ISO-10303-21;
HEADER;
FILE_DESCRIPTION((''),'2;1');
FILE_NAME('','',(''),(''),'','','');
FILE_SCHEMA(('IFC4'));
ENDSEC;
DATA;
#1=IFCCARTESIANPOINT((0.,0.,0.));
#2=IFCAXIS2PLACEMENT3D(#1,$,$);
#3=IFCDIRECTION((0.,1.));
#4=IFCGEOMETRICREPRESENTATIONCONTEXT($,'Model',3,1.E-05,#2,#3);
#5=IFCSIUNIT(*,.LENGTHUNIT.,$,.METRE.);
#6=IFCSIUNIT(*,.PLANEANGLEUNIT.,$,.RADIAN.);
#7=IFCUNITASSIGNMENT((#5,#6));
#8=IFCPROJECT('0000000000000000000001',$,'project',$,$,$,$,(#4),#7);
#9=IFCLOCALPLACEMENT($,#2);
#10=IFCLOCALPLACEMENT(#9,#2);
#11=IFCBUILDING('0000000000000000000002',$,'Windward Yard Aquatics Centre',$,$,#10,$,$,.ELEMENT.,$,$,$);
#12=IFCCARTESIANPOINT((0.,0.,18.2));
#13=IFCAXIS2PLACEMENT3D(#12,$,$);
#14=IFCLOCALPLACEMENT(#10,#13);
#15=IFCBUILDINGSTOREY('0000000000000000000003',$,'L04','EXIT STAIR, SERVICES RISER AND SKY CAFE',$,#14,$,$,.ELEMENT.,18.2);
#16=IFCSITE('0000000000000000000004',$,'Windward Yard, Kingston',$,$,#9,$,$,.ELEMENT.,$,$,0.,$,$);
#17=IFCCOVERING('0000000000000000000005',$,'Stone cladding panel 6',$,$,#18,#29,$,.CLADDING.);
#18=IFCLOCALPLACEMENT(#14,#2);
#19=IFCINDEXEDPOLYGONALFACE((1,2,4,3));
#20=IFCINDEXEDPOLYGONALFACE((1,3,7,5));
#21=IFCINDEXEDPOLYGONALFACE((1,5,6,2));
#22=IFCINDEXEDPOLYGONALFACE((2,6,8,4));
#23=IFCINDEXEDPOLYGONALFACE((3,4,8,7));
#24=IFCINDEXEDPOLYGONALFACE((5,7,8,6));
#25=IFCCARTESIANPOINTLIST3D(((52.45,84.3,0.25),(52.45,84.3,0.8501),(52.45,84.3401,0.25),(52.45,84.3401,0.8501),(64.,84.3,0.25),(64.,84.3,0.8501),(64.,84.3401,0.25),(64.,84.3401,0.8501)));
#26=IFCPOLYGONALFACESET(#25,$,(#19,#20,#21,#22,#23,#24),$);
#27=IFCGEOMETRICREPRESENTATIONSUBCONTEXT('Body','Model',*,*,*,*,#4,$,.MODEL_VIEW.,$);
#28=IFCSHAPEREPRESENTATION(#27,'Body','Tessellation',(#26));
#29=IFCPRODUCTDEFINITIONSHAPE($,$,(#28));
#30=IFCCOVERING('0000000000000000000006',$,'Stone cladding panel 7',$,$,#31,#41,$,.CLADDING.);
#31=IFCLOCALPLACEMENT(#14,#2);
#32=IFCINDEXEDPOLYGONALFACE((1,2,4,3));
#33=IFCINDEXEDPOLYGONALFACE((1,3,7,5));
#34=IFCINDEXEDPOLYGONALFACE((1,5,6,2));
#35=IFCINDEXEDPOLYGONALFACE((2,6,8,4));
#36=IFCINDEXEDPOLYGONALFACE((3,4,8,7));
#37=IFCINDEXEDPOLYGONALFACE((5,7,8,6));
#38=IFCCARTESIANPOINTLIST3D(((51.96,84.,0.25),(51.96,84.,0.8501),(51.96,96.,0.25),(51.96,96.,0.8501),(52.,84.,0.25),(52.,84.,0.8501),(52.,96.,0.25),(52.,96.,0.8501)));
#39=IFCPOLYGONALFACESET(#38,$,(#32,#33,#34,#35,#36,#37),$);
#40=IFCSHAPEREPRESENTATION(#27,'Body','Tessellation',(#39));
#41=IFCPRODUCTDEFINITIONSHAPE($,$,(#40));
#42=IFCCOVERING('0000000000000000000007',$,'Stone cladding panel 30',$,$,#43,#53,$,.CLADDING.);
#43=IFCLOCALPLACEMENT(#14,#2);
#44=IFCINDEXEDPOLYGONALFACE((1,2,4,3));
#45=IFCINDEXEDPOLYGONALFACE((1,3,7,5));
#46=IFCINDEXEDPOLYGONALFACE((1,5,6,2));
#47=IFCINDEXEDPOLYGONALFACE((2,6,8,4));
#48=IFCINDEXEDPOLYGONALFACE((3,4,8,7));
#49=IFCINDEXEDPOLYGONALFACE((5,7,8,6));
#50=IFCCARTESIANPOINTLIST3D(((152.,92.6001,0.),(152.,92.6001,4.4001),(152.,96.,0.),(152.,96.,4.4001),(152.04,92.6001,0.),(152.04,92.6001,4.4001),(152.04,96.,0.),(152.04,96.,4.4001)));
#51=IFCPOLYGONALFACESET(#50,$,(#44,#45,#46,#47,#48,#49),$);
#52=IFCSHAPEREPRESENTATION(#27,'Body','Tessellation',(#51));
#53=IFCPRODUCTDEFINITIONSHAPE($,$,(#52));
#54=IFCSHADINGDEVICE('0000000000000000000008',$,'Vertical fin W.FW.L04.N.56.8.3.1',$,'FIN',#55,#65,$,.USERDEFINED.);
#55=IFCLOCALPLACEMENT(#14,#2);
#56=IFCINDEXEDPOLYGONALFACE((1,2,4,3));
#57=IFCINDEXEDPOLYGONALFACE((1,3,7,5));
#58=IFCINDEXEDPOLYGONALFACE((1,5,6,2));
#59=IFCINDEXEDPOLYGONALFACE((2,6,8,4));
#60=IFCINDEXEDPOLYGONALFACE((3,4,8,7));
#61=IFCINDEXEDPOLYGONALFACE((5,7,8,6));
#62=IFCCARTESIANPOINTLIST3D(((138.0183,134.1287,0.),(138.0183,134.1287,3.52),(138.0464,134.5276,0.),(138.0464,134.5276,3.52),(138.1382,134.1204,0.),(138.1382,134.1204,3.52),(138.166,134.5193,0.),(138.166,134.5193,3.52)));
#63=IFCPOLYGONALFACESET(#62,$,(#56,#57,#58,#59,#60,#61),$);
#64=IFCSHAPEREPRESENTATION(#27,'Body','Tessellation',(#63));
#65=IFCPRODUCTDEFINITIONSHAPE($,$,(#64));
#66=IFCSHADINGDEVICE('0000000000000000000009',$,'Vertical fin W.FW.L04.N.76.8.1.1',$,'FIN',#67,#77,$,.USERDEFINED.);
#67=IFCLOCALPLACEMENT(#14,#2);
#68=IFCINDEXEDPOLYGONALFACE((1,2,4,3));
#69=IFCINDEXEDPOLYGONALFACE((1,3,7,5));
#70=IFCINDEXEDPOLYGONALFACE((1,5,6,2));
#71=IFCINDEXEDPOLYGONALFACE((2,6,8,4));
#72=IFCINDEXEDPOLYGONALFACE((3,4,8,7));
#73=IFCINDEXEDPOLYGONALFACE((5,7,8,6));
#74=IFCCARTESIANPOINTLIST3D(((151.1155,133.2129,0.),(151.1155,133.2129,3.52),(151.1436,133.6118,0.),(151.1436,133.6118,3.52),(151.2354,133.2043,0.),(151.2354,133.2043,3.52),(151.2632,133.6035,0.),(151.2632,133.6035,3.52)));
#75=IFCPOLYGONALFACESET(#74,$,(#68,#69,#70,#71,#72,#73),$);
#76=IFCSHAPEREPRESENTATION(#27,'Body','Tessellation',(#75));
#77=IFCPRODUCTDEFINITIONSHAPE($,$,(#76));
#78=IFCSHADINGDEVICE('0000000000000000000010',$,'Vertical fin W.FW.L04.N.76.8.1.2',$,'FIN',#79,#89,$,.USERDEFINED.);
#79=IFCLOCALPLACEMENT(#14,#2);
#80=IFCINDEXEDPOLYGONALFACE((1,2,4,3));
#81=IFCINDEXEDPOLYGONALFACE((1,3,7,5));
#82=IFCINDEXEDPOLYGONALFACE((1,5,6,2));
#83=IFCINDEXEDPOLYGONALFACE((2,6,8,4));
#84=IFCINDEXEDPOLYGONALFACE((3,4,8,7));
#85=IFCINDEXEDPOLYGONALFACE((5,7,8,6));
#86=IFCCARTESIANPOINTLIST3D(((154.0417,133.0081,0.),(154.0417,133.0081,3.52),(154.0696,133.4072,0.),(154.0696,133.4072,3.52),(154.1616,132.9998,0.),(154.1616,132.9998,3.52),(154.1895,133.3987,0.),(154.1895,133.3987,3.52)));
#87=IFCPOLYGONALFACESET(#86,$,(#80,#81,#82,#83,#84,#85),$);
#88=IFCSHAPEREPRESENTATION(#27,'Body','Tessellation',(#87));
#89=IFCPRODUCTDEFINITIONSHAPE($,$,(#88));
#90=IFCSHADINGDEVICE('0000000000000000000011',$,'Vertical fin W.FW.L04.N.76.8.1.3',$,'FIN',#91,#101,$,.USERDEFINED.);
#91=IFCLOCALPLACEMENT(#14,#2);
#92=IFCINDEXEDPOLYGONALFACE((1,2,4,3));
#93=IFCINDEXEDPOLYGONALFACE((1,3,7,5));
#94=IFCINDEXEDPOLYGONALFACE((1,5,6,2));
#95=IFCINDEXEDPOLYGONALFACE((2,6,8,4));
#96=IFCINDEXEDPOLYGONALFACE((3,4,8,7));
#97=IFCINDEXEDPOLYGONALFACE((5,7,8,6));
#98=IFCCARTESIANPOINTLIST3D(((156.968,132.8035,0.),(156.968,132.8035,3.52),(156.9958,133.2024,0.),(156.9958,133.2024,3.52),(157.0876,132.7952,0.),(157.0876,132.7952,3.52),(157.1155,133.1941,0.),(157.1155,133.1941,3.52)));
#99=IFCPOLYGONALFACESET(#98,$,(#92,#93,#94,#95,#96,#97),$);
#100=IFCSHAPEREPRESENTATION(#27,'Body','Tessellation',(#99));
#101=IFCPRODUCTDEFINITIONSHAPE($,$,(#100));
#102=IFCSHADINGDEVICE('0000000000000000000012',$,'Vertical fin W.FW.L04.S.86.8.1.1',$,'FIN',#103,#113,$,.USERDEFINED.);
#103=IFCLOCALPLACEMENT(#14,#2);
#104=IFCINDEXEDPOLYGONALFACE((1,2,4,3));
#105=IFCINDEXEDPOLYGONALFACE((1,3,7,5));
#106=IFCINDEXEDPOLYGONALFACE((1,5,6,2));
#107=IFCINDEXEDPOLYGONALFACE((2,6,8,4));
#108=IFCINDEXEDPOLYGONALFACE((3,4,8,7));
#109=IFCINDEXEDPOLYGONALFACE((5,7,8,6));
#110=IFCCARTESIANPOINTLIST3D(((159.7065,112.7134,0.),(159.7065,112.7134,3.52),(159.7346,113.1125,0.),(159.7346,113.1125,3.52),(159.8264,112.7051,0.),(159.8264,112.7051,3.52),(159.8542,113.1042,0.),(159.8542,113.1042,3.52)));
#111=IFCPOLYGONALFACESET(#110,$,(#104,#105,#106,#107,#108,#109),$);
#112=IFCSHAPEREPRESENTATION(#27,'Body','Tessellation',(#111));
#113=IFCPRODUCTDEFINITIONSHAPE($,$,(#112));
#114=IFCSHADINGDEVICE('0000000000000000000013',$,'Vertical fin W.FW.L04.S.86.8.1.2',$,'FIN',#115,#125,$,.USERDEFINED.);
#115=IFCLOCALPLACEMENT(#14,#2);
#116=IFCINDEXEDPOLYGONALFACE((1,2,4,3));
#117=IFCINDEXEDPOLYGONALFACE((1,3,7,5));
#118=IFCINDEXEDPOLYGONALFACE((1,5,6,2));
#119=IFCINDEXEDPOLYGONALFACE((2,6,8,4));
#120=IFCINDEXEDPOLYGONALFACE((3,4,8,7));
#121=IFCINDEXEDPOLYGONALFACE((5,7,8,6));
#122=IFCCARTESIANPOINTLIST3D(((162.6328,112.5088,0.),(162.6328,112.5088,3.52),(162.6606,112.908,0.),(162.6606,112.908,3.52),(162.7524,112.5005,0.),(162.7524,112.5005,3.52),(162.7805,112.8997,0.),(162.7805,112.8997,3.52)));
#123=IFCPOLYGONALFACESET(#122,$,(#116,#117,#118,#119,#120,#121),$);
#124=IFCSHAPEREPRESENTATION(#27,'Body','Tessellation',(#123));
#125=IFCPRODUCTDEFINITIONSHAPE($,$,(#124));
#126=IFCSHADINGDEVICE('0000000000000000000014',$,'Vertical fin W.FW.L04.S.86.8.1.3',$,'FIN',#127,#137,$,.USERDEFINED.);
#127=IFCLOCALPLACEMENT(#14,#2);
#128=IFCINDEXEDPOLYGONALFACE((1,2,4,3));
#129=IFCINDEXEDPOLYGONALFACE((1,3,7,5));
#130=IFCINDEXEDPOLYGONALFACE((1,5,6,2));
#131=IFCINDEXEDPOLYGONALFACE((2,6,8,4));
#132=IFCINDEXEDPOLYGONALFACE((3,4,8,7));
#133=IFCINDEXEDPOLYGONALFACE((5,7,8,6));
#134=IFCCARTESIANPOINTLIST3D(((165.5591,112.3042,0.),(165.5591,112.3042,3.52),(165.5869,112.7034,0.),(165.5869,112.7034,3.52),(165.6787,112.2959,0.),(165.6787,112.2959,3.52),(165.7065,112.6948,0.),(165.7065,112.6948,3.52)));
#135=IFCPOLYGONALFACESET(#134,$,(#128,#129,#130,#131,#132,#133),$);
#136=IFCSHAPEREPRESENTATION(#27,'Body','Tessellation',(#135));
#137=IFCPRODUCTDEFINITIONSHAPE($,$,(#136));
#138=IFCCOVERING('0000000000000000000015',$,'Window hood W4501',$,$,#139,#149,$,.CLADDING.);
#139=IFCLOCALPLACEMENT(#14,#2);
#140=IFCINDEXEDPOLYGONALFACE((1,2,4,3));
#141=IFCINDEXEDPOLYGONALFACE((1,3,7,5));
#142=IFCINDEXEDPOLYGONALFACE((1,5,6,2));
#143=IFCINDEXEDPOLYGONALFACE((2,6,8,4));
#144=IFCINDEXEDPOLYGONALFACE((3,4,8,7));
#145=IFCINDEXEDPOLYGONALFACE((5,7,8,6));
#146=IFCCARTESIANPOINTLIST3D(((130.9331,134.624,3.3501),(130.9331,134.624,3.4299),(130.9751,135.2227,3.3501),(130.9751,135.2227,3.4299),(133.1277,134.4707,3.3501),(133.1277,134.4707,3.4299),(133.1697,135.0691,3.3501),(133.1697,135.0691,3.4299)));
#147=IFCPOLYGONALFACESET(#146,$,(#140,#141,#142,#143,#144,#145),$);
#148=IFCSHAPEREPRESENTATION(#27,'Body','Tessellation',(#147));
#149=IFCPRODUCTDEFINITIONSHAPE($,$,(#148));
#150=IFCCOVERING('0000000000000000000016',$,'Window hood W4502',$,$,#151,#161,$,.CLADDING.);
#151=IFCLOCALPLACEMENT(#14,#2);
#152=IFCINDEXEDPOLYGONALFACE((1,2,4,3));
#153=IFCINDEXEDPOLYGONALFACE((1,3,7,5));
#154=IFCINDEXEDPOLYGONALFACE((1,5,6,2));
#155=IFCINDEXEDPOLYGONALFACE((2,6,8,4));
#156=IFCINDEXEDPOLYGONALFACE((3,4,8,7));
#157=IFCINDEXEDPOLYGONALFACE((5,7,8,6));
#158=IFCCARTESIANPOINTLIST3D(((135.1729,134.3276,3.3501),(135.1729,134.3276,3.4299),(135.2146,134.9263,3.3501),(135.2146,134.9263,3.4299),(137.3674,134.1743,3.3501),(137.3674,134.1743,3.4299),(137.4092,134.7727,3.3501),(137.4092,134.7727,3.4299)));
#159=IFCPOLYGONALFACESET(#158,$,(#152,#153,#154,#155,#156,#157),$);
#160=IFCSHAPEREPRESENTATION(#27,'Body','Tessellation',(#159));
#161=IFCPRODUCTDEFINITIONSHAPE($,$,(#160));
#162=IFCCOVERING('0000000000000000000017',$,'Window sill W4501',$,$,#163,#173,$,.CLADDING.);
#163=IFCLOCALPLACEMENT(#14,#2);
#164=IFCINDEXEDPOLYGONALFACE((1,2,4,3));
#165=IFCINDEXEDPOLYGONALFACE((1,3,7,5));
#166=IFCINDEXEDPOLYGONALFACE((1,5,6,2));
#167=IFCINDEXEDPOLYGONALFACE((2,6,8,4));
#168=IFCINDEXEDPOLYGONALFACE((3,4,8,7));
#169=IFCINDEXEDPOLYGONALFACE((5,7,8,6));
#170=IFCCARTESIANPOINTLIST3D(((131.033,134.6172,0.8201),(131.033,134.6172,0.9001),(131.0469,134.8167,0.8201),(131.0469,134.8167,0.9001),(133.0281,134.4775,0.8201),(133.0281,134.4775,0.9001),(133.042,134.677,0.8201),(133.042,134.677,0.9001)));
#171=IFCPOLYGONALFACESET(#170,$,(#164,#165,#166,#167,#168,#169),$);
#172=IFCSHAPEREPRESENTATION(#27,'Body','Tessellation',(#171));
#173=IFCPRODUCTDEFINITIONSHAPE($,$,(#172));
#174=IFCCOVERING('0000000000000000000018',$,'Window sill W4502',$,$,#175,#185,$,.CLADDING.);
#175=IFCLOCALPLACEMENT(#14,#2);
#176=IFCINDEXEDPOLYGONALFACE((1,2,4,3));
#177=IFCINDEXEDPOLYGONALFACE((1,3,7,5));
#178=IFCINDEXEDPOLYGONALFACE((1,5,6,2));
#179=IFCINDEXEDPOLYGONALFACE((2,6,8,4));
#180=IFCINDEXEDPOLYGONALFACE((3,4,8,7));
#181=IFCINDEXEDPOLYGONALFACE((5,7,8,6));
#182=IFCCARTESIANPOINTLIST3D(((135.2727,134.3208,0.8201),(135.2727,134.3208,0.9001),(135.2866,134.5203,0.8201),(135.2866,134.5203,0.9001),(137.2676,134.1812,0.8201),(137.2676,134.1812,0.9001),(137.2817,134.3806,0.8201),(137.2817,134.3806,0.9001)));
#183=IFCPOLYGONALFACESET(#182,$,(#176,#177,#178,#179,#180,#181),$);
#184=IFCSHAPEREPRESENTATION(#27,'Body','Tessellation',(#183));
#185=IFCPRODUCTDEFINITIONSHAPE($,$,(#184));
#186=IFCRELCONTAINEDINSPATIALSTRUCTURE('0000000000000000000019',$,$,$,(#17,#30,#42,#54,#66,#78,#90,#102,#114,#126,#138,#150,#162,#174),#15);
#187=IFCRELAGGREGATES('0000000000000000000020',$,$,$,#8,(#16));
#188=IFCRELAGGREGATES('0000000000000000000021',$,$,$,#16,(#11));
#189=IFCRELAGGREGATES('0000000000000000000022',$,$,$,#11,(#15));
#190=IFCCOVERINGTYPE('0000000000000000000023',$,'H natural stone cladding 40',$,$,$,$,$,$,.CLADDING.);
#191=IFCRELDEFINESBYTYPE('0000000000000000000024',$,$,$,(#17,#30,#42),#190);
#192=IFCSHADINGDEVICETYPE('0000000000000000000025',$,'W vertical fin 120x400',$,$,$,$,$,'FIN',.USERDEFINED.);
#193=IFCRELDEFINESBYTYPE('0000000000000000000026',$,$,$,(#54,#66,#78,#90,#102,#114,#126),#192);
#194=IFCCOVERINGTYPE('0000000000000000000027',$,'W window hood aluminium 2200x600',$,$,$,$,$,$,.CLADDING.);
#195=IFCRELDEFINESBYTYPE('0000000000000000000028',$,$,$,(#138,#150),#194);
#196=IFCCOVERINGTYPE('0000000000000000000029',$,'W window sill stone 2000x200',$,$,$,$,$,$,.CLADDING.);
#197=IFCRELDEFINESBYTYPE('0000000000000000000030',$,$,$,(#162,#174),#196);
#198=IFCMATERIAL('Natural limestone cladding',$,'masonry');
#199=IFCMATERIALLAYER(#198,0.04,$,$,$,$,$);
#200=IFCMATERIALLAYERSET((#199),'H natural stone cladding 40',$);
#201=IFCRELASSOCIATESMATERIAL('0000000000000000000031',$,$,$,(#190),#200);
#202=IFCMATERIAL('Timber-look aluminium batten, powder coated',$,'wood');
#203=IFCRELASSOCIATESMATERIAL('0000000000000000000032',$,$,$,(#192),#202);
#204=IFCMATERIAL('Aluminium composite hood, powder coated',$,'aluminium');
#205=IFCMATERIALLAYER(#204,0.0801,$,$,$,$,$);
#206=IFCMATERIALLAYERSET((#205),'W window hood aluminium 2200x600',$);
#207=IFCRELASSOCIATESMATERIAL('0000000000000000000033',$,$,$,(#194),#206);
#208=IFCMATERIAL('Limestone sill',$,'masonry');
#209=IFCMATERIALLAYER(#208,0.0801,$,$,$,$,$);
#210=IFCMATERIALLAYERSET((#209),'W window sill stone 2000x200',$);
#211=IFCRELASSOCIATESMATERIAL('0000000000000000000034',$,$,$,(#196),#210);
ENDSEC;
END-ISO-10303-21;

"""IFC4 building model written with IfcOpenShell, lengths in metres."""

from ifc_helpers import new_model, si_unit, direction, frame, origin, place, context, subcontext, project, spatial, polyline, outline, extrude, material, layer, layer_set, type_object, element, save


model = new_model("IFC4")

# Units and contexts
model_context = context("Model", 3, precision=1e-05, world=origin(), true_north=direction((0.0, 1.0)))
body_context = subcontext(model_context, "Body", "Model", "MODEL_VIEW")
ifc_project = project(units=[si_unit("LENGTHUNIT", "METRE"), si_unit("PLANEANGLEUNIT", "RADIAN")], contexts=[model_context])

# Site, building, storey
site_placement = place(None, origin())
site = spatial("IfcSite", under=ifc_project, at=site_placement, Name="Windward Yard, Kingston", CompositionType="ELEMENT", RefElevation=0.0)
building_placement = place(site_placement, origin())
building = spatial("IfcBuilding", under=site, at=building_placement, Name="Windward Yard Aquatics Centre", CompositionType="ELEMENT")
storey_placement = place(building_placement, frame((0.0, 0.0, 18.2)))
storey = spatial("IfcBuildingStorey", under=building, at=storey_placement, Name="L04", Description="EXIT STAIR, SERVICES RISER AND SKY CAFE", CompositionType="ELEMENT", Elevation=18.2)

# Coverings
ifc_material_1 = material(Name="Natural limestone cladding", Category="masonry")
ifc_layer_1 = layer(ifc_material_1, 0.04)
ifc_layer_set_1 = layer_set([ifc_layer_1], Name="H natural stone cladding 40")
covering_type_1 = type_object("IfcCoveringType", Name="H natural stone cladding 40", PredefinedType="CLADDING", material=ifc_layer_set_1)
covering_1_placement = place(storey_placement, frame((0.0, 0.0, 0.25)))
element("IfcCovering", 1, at=covering_1_placement, inside=storey, type_object=covering_type_1, Name="Stone cladding panel 6", PredefinedType="CLADDING", context=body_context, shape_type="SweptSolid", body=[
    extrude(outline(polyline([(52.45, 84.3), (64.0, 84.3), (64.0, 84.3401), (52.45, 84.3401), (52.45, 84.3)])), origin(), (0.0, 0.0, 1.0), 0.6001),
])
covering_2_placement = place(storey_placement, frame((0.0, 0.0, 0.25)))
element("IfcCovering", 2, at=covering_2_placement, inside=storey, type_object=covering_type_1, Name="Stone cladding panel 7", PredefinedType="CLADDING", context=body_context, shape_type="SweptSolid", body=[
    extrude(outline(polyline([(51.96, 84.0), (51.96, 96.0), (52.0, 96.0), (52.0, 84.0), (51.96, 84.0)])), origin(), (0.0, 0.0, 1.0), 0.6001),
])
covering_3_placement = place(storey_placement, origin())
element("IfcCovering", 3, at=covering_3_placement, inside=storey, type_object=covering_type_1, Name="Stone cladding panel 30", PredefinedType="CLADDING", context=body_context, shape_type="SweptSolid", body=[
    extrude(outline(polyline([(152.0, 92.6001), (152.04, 92.6001), (152.04, 96.0), (152.0, 96.0), (152.0, 92.6001)])), origin(), (0.0, 0.0, 1.0), 4.4001),
])

# Shading devices
ifc_material_2 = material(Name="Timber-look aluminium batten, powder coated", Category="wood")
shading_device_type = type_object("IfcShadingDeviceType", Name="W vertical fin 120x400", ElementType="FIN", PredefinedType="USERDEFINED", material=ifc_material_2)
shading_device_1_placement = place(storey_placement, origin())
element("IfcShadingDevice", 4, at=shading_device_1_placement, inside=storey, type_object=shading_device_type, Name="Vertical fin W.FW.L04.N.56.8.3.1", ObjectType="FIN", PredefinedType="USERDEFINED", context=body_context, shape_type="SweptSolid", body=[
    extrude(outline(polyline([(138.0183, 134.1287), (138.1382, 134.1204), (138.166, 134.5193), (138.0464, 134.5276), (138.0183, 134.1287)])), origin(), (0.0, 0.0, 1.0), 3.52),
])
shading_device_2_placement = place(storey_placement, origin())
element("IfcShadingDevice", 5, at=shading_device_2_placement, inside=storey, type_object=shading_device_type, Name="Vertical fin W.FW.L04.N.76.8.1.1", ObjectType="FIN", PredefinedType="USERDEFINED", context=body_context, shape_type="SweptSolid", body=[
    extrude(outline(polyline([(151.1155, 133.2129), (151.2354, 133.2043), (151.2632, 133.6035), (151.1436, 133.6118), (151.1155, 133.2129)])), origin(), (0.0, 0.0, 1.0), 3.52),
])
shading_device_3_placement = place(storey_placement, origin())
element("IfcShadingDevice", 6, at=shading_device_3_placement, inside=storey, type_object=shading_device_type, Name="Vertical fin W.FW.L04.N.76.8.1.2", ObjectType="FIN", PredefinedType="USERDEFINED", context=body_context, shape_type="SweptSolid", body=[
    extrude(outline(polyline([(154.0417, 133.0081), (154.1616, 132.9998), (154.1895, 133.3987), (154.0696, 133.4072), (154.0417, 133.0081)])), origin(), (0.0, 0.0, 1.0), 3.52),
])
shading_device_4_placement = place(storey_placement, origin())
element("IfcShadingDevice", 7, at=shading_device_4_placement, inside=storey, type_object=shading_device_type, Name="Vertical fin W.FW.L04.N.76.8.1.3", ObjectType="FIN", PredefinedType="USERDEFINED", context=body_context, shape_type="SweptSolid", body=[
    extrude(outline(polyline([(156.968, 132.8035), (157.0876, 132.7952), (157.1155, 133.1941), (156.9958, 133.2024), (156.968, 132.8035)])), origin(), (0.0, 0.0, 1.0), 3.52),
])
shading_device_5_placement = place(storey_placement, origin())
element("IfcShadingDevice", 8, at=shading_device_5_placement, inside=storey, type_object=shading_device_type, Name="Vertical fin W.FW.L04.S.86.8.1.1", ObjectType="FIN", PredefinedType="USERDEFINED", context=body_context, shape_type="SweptSolid", body=[
    extrude(outline(polyline([(159.7065, 112.7134), (159.7346, 113.1125), (159.8542, 113.1042), (159.8264, 112.7051), (159.7065, 112.7134)])), origin(), (0.0, 0.0, 1.0), 3.52),
])
shading_device_6_placement = place(storey_placement, origin())
element("IfcShadingDevice", 9, at=shading_device_6_placement, inside=storey, type_object=shading_device_type, Name="Vertical fin W.FW.L04.S.86.8.1.2", ObjectType="FIN", PredefinedType="USERDEFINED", context=body_context, shape_type="SweptSolid", body=[
    extrude(outline(polyline([(162.6328, 112.5088), (162.6606, 112.908), (162.7805, 112.8997), (162.7524, 112.5005), (162.6328, 112.5088)])), origin(), (0.0, 0.0, 1.0), 3.52),
])
shading_device_7_placement = place(storey_placement, origin())
element("IfcShadingDevice", 10, at=shading_device_7_placement, inside=storey, type_object=shading_device_type, Name="Vertical fin W.FW.L04.S.86.8.1.3", ObjectType="FIN", PredefinedType="USERDEFINED", context=body_context, shape_type="SweptSolid", body=[
    extrude(outline(polyline([(165.5591, 112.3042), (165.5869, 112.7034), (165.7065, 112.6948), (165.6787, 112.2959), (165.5591, 112.3042)])), origin(), (0.0, 0.0, 1.0), 3.52),
])

# Coverings
ifc_material_3 = material(Name="Aluminium composite hood, powder coated", Category="aluminium")
ifc_layer_2 = layer(ifc_material_3, 0.0801)
ifc_layer_set_2 = layer_set([ifc_layer_2], Name="W window hood aluminium 2200x600")
covering_type_2 = type_object("IfcCoveringType", Name="W window hood aluminium 2200x600", PredefinedType="CLADDING", material=ifc_layer_set_2)
covering_4_placement = place(storey_placement, frame((0.0, 0.0, 3.3501)))
element("IfcCovering", 11, at=covering_4_placement, inside=storey, type_object=covering_type_2, Name="Window hood W4501", PredefinedType="CLADDING", context=body_context, shape_type="SweptSolid", body=[
    extrude(outline(polyline([(130.9331, 134.624), (133.1277, 134.4707), (133.1697, 135.0691), (130.9751, 135.2227), (130.9331, 134.624)])), origin(), (0.0, 0.0, 1.0), 0.0798),
])
covering_5_placement = place(storey_placement, frame((0.0, 0.0, 3.3501)))
element("IfcCovering", 12, at=covering_5_placement, inside=storey, type_object=covering_type_2, Name="Window hood W4502", PredefinedType="CLADDING", context=body_context, shape_type="SweptSolid", body=[
    extrude(outline(polyline([(135.1729, 134.3276), (137.3674, 134.1743), (137.4092, 134.7727), (135.2146, 134.9263), (135.1729, 134.3276)])), origin(), (0.0, 0.0, 1.0), 0.0798),
])
ifc_material_4 = material(Name="Limestone sill", Category="masonry")
ifc_layer_3 = layer(ifc_material_4, 0.0801)
ifc_layer_set_3 = layer_set([ifc_layer_3], Name="W window sill stone 2000x200")
covering_type_3 = type_object("IfcCoveringType", Name="W window sill stone 2000x200", PredefinedType="CLADDING", material=ifc_layer_set_3)
covering_6_placement = place(storey_placement, frame((0.0, 0.0, 0.8201)))
element("IfcCovering", 13, at=covering_6_placement, inside=storey, type_object=covering_type_3, Name="Window sill W4501", PredefinedType="CLADDING", context=body_context, shape_type="SweptSolid", body=[
    extrude(outline(polyline([(131.033, 134.6172), (133.0281, 134.4775), (133.042, 134.677), (131.0469, 134.8167), (131.033, 134.6172)])), origin(), (0.0, 0.0, 1.0), 0.0801),
])
covering_7_placement = place(storey_placement, frame((0.0, 0.0, 0.8201)))
element("IfcCovering", 14, at=covering_7_placement, inside=storey, type_object=covering_type_3, Name="Window sill W4502", PredefinedType="CLADDING", context=body_context, shape_type="SweptSolid", body=[
    extrude(outline(polyline([(135.2727, 134.3208), (137.2676, 134.1812), (137.2817, 134.3806), (135.2866, 134.5203), (135.2727, 134.3208)])), origin(), (0.0, 0.0, 1.0), 0.0801),
])

save(model, "model.ifc")
